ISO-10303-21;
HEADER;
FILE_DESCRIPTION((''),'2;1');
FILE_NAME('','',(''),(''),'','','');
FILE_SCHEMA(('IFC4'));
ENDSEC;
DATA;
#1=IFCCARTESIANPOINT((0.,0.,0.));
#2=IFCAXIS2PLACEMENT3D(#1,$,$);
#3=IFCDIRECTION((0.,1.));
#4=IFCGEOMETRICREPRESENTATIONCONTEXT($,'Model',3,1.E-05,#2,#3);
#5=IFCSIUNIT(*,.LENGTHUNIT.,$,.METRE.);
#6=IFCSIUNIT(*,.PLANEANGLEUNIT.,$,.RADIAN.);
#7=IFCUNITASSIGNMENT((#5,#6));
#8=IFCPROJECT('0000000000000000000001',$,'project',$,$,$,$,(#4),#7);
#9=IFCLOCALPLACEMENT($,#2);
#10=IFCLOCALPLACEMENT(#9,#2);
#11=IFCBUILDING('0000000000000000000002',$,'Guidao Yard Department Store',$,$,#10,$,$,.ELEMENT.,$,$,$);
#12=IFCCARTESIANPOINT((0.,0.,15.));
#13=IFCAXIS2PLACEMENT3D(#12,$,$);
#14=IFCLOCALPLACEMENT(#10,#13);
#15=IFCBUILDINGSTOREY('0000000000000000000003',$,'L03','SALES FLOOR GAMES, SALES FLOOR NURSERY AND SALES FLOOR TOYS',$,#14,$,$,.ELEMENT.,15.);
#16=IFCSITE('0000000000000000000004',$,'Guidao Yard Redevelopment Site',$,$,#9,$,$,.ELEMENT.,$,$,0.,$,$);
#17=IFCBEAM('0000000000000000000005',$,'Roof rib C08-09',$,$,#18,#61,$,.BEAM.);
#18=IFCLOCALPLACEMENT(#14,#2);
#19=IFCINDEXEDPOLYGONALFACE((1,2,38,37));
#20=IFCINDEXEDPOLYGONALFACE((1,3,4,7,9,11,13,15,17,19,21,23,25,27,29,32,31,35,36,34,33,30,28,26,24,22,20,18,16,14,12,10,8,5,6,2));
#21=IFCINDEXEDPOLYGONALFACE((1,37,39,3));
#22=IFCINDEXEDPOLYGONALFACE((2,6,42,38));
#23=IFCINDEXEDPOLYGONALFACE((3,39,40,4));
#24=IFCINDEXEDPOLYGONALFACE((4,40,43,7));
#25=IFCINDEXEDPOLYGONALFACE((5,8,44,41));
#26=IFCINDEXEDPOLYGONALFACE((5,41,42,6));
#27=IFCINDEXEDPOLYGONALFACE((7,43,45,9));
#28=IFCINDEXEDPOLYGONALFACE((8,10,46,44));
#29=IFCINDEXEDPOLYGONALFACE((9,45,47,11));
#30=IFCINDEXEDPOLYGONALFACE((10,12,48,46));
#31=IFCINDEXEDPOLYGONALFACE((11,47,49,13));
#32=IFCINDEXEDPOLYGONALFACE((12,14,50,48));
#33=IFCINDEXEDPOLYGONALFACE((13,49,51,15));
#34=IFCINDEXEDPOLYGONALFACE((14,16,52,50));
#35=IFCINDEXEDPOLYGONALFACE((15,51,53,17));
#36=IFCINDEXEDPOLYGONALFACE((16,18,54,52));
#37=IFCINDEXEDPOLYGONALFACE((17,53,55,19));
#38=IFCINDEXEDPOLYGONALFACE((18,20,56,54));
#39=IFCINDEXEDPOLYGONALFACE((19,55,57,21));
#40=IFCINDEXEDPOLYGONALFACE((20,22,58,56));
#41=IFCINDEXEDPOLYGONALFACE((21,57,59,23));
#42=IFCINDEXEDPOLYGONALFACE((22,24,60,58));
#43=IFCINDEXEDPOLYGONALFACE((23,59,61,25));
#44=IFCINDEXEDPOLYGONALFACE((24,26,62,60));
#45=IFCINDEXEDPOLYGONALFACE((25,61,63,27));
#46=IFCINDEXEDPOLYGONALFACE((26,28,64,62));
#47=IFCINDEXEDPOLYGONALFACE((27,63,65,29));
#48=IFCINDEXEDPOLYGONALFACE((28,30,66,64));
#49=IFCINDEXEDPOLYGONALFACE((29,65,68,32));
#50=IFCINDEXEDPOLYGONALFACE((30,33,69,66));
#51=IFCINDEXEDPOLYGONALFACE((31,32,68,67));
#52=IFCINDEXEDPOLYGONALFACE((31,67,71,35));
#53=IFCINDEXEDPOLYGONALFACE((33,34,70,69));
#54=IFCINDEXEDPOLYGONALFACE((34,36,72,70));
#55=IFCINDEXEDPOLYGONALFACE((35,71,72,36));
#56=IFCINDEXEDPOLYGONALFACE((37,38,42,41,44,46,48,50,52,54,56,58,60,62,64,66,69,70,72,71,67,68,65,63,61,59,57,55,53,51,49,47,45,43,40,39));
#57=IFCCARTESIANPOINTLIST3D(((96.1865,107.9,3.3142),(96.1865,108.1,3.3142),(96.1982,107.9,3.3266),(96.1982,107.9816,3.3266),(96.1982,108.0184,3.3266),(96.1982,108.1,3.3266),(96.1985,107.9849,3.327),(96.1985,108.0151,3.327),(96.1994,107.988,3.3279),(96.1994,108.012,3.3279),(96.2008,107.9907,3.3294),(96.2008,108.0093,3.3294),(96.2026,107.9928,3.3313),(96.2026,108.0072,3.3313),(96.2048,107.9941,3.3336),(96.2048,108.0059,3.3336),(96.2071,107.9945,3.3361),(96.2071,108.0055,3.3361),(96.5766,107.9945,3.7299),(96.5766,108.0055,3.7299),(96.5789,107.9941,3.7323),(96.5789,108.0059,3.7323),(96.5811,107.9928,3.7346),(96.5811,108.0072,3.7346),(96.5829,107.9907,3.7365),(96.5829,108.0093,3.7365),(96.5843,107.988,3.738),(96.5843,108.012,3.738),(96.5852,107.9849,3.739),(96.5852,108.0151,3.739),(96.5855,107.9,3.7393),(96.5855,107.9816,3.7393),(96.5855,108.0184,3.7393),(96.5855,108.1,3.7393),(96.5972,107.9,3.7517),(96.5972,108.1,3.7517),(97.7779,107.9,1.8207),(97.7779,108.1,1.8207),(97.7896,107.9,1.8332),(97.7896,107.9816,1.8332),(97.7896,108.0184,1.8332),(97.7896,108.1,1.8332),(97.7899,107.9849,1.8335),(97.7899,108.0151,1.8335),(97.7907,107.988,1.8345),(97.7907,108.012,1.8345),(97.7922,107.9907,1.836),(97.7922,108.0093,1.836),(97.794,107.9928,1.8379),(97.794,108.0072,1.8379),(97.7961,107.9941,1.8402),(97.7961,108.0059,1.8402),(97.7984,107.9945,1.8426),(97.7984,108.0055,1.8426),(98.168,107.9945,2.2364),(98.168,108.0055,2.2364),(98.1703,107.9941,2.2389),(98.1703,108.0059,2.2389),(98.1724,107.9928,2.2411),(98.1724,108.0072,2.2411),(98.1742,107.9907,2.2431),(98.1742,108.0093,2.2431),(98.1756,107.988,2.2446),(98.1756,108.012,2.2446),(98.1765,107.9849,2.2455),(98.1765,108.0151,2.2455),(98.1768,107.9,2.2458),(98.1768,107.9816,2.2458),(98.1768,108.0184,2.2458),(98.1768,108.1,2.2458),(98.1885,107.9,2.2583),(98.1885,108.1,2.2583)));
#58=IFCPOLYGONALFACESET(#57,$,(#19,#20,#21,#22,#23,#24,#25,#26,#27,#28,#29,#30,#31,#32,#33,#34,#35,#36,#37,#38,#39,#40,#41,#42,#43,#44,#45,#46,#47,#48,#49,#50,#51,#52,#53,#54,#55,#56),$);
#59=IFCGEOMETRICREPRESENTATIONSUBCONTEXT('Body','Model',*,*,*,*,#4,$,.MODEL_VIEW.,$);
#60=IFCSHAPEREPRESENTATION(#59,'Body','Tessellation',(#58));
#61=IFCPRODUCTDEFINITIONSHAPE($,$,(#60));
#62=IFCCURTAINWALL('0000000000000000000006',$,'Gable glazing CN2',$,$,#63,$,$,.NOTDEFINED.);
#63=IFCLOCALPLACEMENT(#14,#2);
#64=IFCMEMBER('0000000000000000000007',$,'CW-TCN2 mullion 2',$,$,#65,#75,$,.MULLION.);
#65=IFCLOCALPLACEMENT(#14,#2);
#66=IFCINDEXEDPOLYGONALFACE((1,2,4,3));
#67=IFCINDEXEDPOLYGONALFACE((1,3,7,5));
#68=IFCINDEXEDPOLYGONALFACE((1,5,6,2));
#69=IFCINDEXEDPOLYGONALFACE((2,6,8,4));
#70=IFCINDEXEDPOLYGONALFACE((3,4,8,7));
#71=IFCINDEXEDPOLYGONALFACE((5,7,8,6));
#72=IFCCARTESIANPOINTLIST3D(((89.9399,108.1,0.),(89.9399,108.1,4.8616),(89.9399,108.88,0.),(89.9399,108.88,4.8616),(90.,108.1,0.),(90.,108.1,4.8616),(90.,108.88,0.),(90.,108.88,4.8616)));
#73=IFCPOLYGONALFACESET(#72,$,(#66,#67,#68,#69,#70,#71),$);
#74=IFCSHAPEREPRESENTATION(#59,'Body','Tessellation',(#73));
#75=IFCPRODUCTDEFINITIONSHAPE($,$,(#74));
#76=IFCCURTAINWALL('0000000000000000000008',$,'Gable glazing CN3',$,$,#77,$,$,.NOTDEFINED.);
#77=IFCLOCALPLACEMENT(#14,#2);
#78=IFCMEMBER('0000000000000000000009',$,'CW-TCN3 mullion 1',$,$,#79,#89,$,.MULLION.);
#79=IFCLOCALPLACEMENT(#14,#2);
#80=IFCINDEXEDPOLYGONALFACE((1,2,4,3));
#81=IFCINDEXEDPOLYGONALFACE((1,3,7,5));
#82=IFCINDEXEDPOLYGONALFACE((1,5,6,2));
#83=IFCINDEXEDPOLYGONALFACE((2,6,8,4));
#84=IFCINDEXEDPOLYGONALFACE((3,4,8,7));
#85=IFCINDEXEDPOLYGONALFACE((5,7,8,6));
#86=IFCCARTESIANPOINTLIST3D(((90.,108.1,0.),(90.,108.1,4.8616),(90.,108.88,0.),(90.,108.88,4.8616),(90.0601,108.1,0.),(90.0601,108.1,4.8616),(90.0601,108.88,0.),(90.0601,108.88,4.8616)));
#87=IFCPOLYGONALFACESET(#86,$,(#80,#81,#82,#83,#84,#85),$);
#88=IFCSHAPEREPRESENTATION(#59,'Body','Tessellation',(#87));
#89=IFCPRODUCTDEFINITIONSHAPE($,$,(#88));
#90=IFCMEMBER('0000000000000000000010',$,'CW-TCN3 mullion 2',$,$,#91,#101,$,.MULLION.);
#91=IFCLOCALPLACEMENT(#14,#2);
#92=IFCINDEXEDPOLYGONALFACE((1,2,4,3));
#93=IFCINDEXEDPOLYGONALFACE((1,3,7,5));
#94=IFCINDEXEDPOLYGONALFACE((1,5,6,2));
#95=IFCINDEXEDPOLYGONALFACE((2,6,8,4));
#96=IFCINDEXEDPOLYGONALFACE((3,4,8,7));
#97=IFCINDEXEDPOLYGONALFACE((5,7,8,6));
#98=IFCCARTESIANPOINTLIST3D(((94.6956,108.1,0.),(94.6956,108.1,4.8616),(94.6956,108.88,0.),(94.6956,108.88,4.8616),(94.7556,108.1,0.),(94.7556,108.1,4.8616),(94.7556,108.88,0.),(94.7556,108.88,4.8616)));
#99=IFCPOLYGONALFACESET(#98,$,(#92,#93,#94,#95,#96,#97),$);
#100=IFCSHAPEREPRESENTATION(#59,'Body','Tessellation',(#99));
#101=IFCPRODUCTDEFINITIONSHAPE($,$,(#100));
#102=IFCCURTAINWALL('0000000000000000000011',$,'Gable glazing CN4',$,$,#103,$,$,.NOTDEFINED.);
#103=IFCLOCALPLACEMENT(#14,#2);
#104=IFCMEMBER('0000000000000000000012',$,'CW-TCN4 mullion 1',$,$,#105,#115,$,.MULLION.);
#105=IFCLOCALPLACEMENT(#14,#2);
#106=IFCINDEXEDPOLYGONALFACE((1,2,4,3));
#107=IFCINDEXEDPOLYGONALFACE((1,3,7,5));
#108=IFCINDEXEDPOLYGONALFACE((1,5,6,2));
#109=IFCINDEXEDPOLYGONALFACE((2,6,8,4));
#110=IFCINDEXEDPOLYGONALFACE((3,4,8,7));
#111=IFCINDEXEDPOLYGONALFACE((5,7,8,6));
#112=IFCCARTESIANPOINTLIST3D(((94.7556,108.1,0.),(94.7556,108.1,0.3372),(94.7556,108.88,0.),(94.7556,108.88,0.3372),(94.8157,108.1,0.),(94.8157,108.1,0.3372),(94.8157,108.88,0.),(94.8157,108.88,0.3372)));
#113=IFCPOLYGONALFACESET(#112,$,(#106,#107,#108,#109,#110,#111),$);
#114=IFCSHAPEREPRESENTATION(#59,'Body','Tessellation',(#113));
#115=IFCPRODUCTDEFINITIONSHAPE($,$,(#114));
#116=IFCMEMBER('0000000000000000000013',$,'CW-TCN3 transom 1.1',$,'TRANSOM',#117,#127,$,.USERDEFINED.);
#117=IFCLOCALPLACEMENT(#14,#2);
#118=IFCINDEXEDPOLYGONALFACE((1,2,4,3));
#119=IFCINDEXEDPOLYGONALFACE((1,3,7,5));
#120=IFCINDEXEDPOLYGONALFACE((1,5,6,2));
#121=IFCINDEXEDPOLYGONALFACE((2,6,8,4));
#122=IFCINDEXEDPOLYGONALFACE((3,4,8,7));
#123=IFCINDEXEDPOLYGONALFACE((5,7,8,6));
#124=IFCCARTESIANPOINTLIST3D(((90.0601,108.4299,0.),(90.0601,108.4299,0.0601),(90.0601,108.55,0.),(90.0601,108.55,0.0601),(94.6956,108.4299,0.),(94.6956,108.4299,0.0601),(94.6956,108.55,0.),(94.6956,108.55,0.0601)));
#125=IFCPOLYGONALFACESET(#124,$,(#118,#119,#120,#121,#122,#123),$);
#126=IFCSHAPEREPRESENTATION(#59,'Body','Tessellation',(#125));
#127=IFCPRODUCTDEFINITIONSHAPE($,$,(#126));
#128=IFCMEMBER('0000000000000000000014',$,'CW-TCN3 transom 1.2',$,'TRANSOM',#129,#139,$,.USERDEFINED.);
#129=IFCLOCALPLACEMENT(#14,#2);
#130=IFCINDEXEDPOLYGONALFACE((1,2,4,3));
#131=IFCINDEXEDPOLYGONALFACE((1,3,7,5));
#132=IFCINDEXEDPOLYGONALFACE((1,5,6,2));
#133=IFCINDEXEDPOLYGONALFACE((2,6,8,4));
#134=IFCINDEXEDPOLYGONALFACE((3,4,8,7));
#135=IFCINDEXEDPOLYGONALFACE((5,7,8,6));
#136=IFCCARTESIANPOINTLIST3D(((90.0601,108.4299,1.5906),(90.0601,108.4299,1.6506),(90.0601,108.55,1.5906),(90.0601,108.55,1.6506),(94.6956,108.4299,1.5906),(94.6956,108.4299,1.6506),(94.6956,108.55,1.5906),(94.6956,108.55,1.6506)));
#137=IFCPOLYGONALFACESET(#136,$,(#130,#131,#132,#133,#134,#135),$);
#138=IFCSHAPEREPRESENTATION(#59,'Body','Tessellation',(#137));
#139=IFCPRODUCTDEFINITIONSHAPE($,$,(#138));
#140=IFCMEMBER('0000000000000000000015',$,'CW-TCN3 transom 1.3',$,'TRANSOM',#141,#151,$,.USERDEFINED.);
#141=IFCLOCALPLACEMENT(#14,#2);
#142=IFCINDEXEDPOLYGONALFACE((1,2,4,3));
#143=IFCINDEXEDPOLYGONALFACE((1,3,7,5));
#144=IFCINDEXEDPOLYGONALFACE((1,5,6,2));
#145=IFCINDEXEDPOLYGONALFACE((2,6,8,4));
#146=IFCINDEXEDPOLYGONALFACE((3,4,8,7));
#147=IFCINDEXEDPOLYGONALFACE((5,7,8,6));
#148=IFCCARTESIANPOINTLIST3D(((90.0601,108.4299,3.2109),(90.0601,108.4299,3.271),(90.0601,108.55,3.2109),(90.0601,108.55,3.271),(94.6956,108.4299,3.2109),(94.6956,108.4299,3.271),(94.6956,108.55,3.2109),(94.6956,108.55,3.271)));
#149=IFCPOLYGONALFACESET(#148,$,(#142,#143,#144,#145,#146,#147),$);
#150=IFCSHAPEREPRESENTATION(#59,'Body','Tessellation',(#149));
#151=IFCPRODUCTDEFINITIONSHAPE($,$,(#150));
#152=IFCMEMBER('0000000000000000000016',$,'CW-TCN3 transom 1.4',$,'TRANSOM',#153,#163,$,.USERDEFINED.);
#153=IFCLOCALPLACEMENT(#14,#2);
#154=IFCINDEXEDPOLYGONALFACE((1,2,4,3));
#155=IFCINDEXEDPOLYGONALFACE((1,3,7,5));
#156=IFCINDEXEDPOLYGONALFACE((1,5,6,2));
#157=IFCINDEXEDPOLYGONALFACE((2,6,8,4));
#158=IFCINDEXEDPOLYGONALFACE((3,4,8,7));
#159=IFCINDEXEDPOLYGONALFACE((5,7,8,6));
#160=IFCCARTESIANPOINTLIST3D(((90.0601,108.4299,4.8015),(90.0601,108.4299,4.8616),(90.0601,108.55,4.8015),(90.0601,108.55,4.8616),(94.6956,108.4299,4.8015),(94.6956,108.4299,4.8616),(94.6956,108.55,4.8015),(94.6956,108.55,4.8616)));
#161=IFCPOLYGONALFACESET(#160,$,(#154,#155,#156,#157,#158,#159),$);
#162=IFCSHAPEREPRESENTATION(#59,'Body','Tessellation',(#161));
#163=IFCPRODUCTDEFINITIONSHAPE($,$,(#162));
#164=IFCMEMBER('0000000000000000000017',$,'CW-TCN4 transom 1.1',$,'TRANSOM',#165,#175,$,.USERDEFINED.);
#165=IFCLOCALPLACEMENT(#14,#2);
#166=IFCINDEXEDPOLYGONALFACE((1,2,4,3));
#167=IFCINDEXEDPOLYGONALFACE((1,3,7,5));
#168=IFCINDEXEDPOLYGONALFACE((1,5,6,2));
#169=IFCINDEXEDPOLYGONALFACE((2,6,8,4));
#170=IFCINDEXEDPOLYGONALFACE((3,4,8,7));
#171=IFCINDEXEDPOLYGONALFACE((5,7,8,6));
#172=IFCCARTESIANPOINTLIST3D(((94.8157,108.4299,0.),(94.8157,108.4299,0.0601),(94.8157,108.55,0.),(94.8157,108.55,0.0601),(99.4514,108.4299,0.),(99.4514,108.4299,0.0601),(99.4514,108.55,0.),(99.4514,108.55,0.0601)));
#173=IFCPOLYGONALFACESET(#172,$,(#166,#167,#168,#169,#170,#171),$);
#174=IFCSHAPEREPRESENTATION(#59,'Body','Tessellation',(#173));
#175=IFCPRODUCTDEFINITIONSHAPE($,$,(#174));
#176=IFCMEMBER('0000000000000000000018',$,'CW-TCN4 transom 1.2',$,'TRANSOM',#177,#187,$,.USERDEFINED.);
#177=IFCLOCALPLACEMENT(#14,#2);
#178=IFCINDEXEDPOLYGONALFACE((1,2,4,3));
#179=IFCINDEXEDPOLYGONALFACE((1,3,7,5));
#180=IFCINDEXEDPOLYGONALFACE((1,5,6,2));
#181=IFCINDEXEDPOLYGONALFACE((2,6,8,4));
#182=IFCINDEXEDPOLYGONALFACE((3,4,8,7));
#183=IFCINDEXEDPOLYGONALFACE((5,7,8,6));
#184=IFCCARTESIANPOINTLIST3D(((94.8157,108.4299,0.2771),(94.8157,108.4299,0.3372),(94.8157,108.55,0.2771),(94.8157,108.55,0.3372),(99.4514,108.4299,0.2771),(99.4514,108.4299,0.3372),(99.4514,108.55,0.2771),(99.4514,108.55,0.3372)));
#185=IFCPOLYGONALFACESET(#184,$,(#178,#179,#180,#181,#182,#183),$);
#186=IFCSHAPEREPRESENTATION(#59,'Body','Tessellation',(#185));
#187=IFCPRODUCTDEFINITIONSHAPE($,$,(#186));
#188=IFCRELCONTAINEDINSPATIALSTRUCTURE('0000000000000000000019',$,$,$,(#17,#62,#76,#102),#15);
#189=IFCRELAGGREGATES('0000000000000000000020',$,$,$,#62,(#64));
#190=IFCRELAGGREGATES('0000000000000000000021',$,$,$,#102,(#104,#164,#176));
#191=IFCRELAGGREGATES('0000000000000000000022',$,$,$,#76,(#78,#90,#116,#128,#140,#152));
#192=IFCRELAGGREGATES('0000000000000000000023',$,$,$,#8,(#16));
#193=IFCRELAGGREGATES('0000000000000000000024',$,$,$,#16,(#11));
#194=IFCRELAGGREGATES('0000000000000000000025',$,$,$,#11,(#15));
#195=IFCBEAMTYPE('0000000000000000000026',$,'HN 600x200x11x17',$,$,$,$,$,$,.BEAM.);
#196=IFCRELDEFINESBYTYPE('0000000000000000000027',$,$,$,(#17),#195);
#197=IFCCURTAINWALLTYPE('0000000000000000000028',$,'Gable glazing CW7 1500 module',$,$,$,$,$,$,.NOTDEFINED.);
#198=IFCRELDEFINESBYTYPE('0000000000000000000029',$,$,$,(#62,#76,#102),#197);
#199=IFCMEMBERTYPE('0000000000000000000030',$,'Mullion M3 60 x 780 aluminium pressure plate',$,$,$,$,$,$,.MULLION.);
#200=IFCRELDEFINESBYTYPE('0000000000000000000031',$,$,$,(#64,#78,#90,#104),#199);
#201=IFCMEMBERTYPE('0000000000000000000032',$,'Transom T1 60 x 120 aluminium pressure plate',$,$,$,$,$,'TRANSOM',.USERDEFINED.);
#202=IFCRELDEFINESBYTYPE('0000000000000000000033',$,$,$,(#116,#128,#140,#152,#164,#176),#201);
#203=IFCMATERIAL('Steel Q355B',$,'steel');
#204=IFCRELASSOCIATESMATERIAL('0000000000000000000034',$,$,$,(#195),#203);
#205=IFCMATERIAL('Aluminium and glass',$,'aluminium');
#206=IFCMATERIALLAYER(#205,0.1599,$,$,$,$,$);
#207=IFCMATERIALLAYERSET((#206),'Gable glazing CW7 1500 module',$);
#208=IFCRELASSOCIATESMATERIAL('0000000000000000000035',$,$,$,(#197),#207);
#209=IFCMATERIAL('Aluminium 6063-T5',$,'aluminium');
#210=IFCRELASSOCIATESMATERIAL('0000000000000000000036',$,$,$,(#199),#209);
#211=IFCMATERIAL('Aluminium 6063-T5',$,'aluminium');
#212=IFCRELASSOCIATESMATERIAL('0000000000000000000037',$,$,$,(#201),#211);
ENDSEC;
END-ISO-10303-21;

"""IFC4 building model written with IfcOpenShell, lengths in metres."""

from ifc_helpers import new_model, si_unit, direction, frame, origin, origin_2d, place, context, subcontext, project, spatial, rectangle, i_section, extrude, material, layer, layer_set, material_profile, profile_set, type_object, element, aggregate, save


model = new_model("IFC4")

# Units and contexts
model_context = context("Model", 3, precision=1e-05, world=origin(), true_north=direction((0.0, 1.0)))
body_context = subcontext(model_context, "Body", "Model", "MODEL_VIEW")
ifc_project = project(units=[si_unit("LENGTHUNIT", "METRE"), si_unit("PLANEANGLEUNIT", "RADIAN")], contexts=[model_context])

# Site, building, storey
site_placement = place(None, origin())
site = spatial("IfcSite", under=ifc_project, at=site_placement, Name="Guidao Yard Redevelopment Site", CompositionType="ELEMENT", RefElevation=0.0)
building_placement = place(site_placement, origin())
building = spatial("IfcBuilding", under=site, at=building_placement, Name="Guidao Yard Department Store", CompositionType="ELEMENT")
storey_placement = place(building_placement, frame((0.0, 0.0, 15.0)))
storey = spatial("IfcBuildingStorey", under=building, at=storey_placement, Name="L03", Description="SALES FLOOR GAMES, SALES FLOOR NURSERY AND SALES FLOOR TOYS", CompositionType="ELEMENT", Elevation=15.0)

# Beam
ifc_material_1 = material(Name="Steel Q355B", Category="steel")
ifc_material_profile_1 = material_profile(ifc_material_1, i_section(OverallWidth=0.2, OverallDepth=0.6001, WebThickness=0.011, FlangeThickness=0.0171, FilletRadius=0.0129, at=origin_2d()), Name="HN 600x200x11x17")
ifc_profile_set_1 = profile_set([ifc_material_profile_1], Name="Steel Q355B")
beam_type = type_object("IfcBeamType", Name="HN 600x200x11x17", PredefinedType="BEAM", material=ifc_profile_set_1)
beam_1_placement = place(storey_placement, frame((96.3918, 108.0, 3.533), z_axis=(0.729181, 0.0, -0.684321), x_axis=(0.0, 1.0, 0.0)))
element("IfcBeam", 1, at=beam_1_placement, inside=storey, type_object=beam_type, Name="Roof rib C08-09", PredefinedType="BEAM", context=body_context, shape_type="SweptSolid", body=[
    extrude(i_section(OverallWidth=0.2, OverallDepth=0.6001, WebThickness=0.011, FlangeThickness=0.0171, FilletRadius=0.0129, at=origin_2d()), origin(), (0.0, 0.0, 1.0), 2.1824),
])

# Curtain wall, member
ifc_material_2 = material(Name="Aluminium and glass", Category="aluminium")
ifc_layer_1 = layer(ifc_material_2, 0.1599)
ifc_layer_set_1 = layer_set([ifc_layer_1], Name="Gable glazing CW7 1500 module")
curtain_wall_type = type_object("IfcCurtainWallType", Name="Gable glazing CW7 1500 module", PredefinedType="NOTDEFINED", material=ifc_layer_set_1)
curtain_wall_1_placement = place(storey_placement, origin())
curtain_wall_1 = element("IfcCurtainWall", 2, at=curtain_wall_1_placement, inside=storey, type_object=curtain_wall_type, Name="Gable glazing CN2", PredefinedType="NOTDEFINED")
ifc_material_3 = material(Name="Aluminium 6063-T5", Category="aluminium")
ifc_material_profile_2 = material_profile(ifc_material_3, rectangle(XDim=0.0601, YDim=0.78, at=origin_2d()), Name="Mullion M3 60 x 780 aluminium pressure plate")
ifc_profile_set_2 = profile_set([ifc_material_profile_2], Name="Aluminium 6063-T5")
member_type_1 = type_object("IfcMemberType", Name="Mullion M3 60 x 780 aluminium pressure plate", PredefinedType="MULLION", material=ifc_profile_set_2)
member_1_placement = place(storey_placement, frame((89.97, 108.49, 0.0), z_axis=(0.0, 0.0, 1.0), x_axis=(1.0, 0.0, 0.0)))
member_1 = element("IfcMember", 3, at=member_1_placement, type_object=member_type_1, Name="CW-TCN2 mullion 2", PredefinedType="MULLION", context=body_context, shape_type="SweptSolid", body=[
    extrude(rectangle(XDim=0.0601, YDim=0.78, at=origin_2d()), origin(), (0.0, 0.0, 1.0), 4.8616),
])
aggregate(curtain_wall_1, [member_1])

# Curtain wall, members
curtain_wall_2_placement = place(storey_placement, origin())
curtain_wall_2 = element("IfcCurtainWall", 4, at=curtain_wall_2_placement, inside=storey, type_object=curtain_wall_type, Name="Gable glazing CN3", PredefinedType="NOTDEFINED")
member_2_placement = place(storey_placement, frame((90.03, 108.49, 0.0), z_axis=(0.0, 0.0, 1.0), x_axis=(1.0, 0.0, 0.0)))
member_2 = element("IfcMember", 5, at=member_2_placement, type_object=member_type_1, Name="CW-TCN3 mullion 1", PredefinedType="MULLION", context=body_context, shape_type="SweptSolid", body=[
    extrude(rectangle(XDim=0.0601, YDim=0.78, at=origin_2d()), origin(), (0.0, 0.0, 1.0), 4.8616),
])
member_3_placement = place(storey_placement, frame((94.7256, 108.49, 0.0), z_axis=(0.0, 0.0, 1.0), x_axis=(1.0, 0.0, 0.0)))
member_3 = element("IfcMember", 6, at=member_3_placement, type_object=member_type_1, Name="CW-TCN3 mullion 2", PredefinedType="MULLION", context=body_context, shape_type="SweptSolid", body=[
    extrude(rectangle(XDim=0.0601, YDim=0.78, at=origin_2d()), origin(), (0.0, 0.0, 1.0), 4.8616),
])

# Curtain wall, member
curtain_wall_3_placement = place(storey_placement, origin())
curtain_wall_3 = element("IfcCurtainWall", 7, at=curtain_wall_3_placement, inside=storey, type_object=curtain_wall_type, Name="Gable glazing CN4", PredefinedType="NOTDEFINED")
member_4_placement = place(storey_placement, frame((94.7856, 108.49, 0.0), z_axis=(0.0, 0.0, 1.0), x_axis=(1.0, 0.0, 0.0)))
member_4 = element("IfcMember", 8, at=member_4_placement, type_object=member_type_1, Name="CW-TCN4 mullion 1", PredefinedType="MULLION", context=body_context, shape_type="SweptSolid", body=[
    extrude(rectangle(XDim=0.0601, YDim=0.78, at=origin_2d()), origin(), (0.0, 0.0, 1.0), 0.3372),
])

# Members
ifc_material_4 = material(Name="Aluminium 6063-T5", Category="aluminium")
ifc_material_profile_3 = material_profile(ifc_material_4, rectangle(XDim=0.1201, YDim=0.0601, at=origin_2d()), Name="Transom T1 60 x 120 aluminium pressure plate")
ifc_profile_set_3 = profile_set([ifc_material_profile_3], Name="Aluminium 6063-T5")
member_type_2 = type_object("IfcMemberType", Name="Transom T1 60 x 120 aluminium pressure plate", ElementType="TRANSOM", PredefinedType="USERDEFINED", material=ifc_profile_set_3)
member_5_placement = place(storey_placement, frame((90.0601, 108.49, 0.03), z_axis=(1.0, 0.0, 0.0), x_axis=(0.0, 1.0, 0.0)))
member_5 = element("IfcMember", 9, at=member_5_placement, type_object=member_type_2, Name="CW-TCN3 transom 1.1", ObjectType="TRANSOM", PredefinedType="USERDEFINED", context=body_context, shape_type="SweptSolid", body=[
    extrude(rectangle(XDim=0.1201, YDim=0.0601, at=origin_2d()), origin(), (0.0, 0.0, 1.0), 4.6355),
])
member_6_placement = place(storey_placement, frame((90.0601, 108.49, 1.6206), z_axis=(1.0, 0.0, 0.0), x_axis=(0.0, 1.0, 0.0)))
member_6 = element("IfcMember", 10, at=member_6_placement, type_object=member_type_2, Name="CW-TCN3 transom 1.2", ObjectType="TRANSOM", PredefinedType="USERDEFINED", context=body_context, shape_type="SweptSolid", body=[
    extrude(rectangle(XDim=0.1201, YDim=0.0601, at=origin_2d()), origin(), (0.0, 0.0, 1.0), 4.6355),
])
member_7_placement = place(storey_placement, frame((90.0601, 108.49, 3.241), z_axis=(1.0, 0.0, 0.0), x_axis=(0.0, 1.0, 0.0)))
member_7 = element("IfcMember", 11, at=member_7_placement, type_object=member_type_2, Name="CW-TCN3 transom 1.3", ObjectType="TRANSOM", PredefinedType="USERDEFINED", context=body_context, shape_type="SweptSolid", body=[
    extrude(rectangle(XDim=0.1201, YDim=0.0601, at=origin_2d()), origin(), (0.0, 0.0, 1.0), 4.6355),
])
member_8_placement = place(storey_placement, frame((90.0601, 108.49, 4.8315), z_axis=(1.0, 0.0, 0.0), x_axis=(0.0, 1.0, 0.0)))
member_8 = element("IfcMember", 12, at=member_8_placement, type_object=member_type_2, Name="CW-TCN3 transom 1.4", ObjectType="TRANSOM", PredefinedType="USERDEFINED", context=body_context, shape_type="SweptSolid", body=[
    extrude(rectangle(XDim=0.1201, YDim=0.0601, at=origin_2d()), origin(), (0.0, 0.0, 1.0), 4.6355),
])
member_9_placement = place(storey_placement, frame((94.8157, 108.49, 0.03), z_axis=(1.0, 0.0, 0.0), x_axis=(0.0, 1.0, 0.0)))
member_9 = element("IfcMember", 13, at=member_9_placement, type_object=member_type_2, Name="CW-TCN4 transom 1.1", ObjectType="TRANSOM", PredefinedType="USERDEFINED", context=body_context, shape_type="SweptSolid", body=[
    extrude(rectangle(XDim=0.1201, YDim=0.0601, at=origin_2d()), origin(), (0.0, 0.0, 1.0), 4.6357),
])
member_10_placement = place(storey_placement, frame((94.8157, 108.49, 0.3071), z_axis=(1.0, 0.0, 0.0), x_axis=(0.0, 1.0, 0.0)))
member_10 = element("IfcMember", 14, at=member_10_placement, type_object=member_type_2, Name="CW-TCN4 transom 1.2", ObjectType="TRANSOM", PredefinedType="USERDEFINED", context=body_context, shape_type="SweptSolid", body=[
    extrude(rectangle(XDim=0.1201, YDim=0.0601, at=origin_2d()), origin(), (0.0, 0.0, 1.0), 4.6357),
])
aggregate(curtain_wall_3, [member_4, member_9, member_10])

aggregate(curtain_wall_2, [member_2, member_3, member_5, member_6, member_7, member_8])

save(model, "model.ifc")
